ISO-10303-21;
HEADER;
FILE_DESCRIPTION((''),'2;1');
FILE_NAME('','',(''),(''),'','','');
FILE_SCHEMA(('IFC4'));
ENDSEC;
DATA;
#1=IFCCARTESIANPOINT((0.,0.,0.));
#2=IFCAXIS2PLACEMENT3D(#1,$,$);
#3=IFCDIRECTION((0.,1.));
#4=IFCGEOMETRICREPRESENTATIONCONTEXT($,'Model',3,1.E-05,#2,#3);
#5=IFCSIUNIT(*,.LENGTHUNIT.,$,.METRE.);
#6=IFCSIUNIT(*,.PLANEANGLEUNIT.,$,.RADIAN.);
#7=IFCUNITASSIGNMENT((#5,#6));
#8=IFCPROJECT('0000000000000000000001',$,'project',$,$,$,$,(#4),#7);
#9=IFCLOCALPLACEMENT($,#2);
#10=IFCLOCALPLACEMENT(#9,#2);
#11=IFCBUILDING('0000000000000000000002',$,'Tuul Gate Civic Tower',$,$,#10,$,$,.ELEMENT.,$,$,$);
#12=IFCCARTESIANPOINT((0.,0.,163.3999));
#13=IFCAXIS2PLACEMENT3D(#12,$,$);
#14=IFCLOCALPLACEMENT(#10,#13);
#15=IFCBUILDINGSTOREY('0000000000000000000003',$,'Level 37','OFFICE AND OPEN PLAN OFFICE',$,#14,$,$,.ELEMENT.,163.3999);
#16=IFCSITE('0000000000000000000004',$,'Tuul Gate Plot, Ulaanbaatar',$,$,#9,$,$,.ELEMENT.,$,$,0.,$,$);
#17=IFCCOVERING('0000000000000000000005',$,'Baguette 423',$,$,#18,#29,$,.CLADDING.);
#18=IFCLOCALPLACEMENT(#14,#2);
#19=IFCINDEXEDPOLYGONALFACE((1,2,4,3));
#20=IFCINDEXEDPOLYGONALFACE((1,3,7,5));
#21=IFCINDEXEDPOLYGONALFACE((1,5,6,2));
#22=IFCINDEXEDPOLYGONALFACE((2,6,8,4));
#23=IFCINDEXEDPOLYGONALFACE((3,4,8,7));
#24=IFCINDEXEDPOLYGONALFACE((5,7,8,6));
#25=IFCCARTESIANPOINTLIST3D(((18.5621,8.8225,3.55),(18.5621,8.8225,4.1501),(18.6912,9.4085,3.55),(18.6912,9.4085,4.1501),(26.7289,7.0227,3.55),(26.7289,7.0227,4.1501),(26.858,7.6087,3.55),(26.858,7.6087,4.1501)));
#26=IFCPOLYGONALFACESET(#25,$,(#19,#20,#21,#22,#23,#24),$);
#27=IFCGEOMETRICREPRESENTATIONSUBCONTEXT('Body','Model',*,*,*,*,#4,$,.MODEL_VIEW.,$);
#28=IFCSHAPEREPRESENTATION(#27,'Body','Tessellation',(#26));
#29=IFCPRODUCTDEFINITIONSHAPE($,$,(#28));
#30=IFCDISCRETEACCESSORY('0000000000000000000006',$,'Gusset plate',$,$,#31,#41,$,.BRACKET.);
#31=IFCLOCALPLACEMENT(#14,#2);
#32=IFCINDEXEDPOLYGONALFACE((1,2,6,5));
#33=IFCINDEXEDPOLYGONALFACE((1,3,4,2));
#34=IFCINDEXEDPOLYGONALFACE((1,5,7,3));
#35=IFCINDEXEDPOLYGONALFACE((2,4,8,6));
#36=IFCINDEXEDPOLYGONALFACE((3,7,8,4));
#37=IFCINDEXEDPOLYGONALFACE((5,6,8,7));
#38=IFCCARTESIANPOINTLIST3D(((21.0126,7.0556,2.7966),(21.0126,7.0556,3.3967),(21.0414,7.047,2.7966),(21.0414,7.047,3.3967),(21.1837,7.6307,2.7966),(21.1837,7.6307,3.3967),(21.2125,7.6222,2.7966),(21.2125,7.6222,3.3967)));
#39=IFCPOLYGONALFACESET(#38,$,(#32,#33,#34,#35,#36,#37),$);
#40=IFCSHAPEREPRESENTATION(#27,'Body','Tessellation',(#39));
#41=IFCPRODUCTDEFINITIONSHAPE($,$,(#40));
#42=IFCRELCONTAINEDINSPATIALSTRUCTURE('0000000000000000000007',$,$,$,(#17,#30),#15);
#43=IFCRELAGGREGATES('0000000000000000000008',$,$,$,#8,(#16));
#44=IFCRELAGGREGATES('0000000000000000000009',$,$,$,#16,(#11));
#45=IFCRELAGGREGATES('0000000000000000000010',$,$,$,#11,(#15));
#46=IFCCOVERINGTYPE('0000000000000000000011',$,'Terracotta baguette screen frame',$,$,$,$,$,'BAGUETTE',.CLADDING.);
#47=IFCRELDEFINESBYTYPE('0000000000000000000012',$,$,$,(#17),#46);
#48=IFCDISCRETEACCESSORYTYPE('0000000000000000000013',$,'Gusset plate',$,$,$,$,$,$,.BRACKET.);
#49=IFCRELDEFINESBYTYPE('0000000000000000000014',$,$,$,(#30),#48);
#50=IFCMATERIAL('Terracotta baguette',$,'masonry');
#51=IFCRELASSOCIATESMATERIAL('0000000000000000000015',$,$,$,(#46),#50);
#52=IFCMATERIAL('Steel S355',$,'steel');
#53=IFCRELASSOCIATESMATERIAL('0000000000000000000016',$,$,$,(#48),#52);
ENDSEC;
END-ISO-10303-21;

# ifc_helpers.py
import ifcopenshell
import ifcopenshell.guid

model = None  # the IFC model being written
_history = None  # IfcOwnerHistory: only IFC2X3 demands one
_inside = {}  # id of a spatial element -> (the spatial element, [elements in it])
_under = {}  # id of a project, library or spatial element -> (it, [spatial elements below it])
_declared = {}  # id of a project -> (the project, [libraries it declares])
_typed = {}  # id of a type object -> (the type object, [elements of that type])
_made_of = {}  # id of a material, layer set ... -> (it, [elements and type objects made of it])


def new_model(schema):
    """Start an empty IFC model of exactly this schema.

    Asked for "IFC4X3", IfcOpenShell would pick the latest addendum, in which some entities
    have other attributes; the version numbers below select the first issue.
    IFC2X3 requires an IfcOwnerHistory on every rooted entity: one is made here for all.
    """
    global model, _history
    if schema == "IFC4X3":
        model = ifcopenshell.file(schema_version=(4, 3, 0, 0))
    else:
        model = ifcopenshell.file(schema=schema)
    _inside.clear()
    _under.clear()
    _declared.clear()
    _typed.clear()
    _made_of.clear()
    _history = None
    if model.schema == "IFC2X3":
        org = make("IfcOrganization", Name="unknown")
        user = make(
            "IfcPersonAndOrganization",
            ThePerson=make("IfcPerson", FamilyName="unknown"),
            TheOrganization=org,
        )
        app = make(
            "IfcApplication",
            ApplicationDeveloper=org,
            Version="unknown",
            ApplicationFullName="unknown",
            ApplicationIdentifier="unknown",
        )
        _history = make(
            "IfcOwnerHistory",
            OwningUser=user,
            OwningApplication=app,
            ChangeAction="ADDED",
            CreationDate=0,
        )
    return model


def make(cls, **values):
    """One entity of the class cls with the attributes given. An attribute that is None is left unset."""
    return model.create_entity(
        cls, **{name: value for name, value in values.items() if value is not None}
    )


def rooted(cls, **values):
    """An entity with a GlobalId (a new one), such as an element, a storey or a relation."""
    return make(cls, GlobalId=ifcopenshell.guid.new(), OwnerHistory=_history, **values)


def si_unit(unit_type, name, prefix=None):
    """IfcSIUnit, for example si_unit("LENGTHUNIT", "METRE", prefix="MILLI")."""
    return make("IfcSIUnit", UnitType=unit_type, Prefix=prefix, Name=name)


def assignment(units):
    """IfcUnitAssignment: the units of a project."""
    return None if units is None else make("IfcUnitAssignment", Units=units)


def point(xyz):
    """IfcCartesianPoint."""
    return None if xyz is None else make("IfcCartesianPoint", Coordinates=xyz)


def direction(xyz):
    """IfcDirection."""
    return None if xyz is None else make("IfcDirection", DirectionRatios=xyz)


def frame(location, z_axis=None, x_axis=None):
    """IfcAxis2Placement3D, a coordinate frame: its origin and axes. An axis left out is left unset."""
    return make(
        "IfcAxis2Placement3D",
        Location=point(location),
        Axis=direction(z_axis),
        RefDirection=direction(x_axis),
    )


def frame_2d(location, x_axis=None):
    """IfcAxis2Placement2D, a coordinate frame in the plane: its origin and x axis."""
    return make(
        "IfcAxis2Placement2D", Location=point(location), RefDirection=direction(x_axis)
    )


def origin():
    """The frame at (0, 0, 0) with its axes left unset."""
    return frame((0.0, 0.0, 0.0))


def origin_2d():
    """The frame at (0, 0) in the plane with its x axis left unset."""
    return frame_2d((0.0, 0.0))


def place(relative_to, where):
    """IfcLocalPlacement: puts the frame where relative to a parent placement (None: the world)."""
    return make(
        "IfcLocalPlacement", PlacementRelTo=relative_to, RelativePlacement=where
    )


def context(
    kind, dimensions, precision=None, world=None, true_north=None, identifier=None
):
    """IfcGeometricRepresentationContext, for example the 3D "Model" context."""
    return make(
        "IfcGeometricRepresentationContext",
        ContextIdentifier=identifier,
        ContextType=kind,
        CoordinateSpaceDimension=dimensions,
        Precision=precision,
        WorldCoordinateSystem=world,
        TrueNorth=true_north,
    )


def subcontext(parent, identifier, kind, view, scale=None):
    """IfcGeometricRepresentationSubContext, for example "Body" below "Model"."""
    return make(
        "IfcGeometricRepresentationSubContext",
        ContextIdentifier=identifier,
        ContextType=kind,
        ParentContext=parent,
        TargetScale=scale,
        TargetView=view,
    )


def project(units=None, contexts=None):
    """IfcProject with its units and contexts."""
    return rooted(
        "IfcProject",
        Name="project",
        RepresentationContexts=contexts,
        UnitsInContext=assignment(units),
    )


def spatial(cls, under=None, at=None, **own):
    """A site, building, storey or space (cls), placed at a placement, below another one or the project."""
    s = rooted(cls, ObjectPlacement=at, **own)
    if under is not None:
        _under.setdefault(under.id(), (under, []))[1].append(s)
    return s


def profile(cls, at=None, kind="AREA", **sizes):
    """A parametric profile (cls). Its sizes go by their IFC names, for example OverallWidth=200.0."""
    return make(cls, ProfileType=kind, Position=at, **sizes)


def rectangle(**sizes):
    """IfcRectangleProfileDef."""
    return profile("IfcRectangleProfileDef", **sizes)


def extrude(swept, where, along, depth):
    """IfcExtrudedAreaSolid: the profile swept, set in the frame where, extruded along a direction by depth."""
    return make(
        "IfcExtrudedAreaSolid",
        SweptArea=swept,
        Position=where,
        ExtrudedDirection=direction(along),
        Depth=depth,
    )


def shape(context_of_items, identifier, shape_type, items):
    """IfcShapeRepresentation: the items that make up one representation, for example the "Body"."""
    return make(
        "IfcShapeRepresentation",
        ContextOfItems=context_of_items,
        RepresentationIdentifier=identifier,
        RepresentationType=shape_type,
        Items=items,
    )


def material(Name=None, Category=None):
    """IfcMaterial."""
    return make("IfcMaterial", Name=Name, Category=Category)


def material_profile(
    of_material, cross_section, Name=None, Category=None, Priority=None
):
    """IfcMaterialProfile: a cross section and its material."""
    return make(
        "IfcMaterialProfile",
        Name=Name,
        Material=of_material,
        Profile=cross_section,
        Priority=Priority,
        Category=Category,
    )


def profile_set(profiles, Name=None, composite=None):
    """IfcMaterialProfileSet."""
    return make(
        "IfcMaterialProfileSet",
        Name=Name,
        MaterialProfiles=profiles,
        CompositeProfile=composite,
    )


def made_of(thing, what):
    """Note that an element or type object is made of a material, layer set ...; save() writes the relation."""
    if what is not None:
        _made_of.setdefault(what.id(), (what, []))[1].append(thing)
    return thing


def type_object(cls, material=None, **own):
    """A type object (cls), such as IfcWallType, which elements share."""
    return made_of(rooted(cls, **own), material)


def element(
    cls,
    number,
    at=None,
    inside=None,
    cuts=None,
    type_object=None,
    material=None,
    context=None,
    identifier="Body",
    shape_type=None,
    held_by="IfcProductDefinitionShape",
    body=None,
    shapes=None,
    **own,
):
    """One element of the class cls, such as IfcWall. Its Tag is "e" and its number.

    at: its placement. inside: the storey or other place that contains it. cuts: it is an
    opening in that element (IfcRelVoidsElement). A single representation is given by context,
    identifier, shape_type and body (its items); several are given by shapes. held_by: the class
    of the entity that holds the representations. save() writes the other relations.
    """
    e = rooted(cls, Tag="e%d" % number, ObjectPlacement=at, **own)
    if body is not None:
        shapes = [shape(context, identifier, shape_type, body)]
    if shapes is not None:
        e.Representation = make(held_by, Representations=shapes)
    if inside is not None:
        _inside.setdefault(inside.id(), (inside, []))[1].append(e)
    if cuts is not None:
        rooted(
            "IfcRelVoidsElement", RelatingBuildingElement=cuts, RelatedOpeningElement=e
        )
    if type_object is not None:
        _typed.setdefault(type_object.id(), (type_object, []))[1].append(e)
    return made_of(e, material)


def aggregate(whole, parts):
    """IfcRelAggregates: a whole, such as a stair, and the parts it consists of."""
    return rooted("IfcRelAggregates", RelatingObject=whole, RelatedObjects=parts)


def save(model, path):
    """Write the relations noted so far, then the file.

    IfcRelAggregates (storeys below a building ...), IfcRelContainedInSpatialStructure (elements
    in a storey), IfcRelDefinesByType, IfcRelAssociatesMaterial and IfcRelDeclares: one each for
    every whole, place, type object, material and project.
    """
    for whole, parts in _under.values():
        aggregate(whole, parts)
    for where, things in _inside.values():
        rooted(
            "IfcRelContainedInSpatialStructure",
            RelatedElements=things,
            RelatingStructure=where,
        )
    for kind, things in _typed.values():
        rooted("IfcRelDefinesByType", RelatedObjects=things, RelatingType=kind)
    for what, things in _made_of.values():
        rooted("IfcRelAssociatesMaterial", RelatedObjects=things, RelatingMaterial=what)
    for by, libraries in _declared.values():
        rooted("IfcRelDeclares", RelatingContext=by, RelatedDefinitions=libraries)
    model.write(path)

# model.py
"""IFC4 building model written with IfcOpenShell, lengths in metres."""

from ifc_helpers import new_model, si_unit, direction, frame, origin, origin_2d, place, context, subcontext, project, spatial, rectangle, extrude, material, material_profile, profile_set, type_object, element, save


model = new_model("IFC4")

# Units and contexts
model_context = context("Model", 3, precision=1e-05, world=origin(), true_north=direction((0.0, 1.0)))
body_context = subcontext(model_context, "Body", "Model", "MODEL_VIEW")
ifc_project = project(units=[si_unit("LENGTHUNIT", "METRE"), si_unit("PLANEANGLEUNIT", "RADIAN")], contexts=[model_context])

# Site, building, storey
site_placement = place(None, origin())
site = spatial("IfcSite", under=ifc_project, at=site_placement, Name="Tuul Gate Plot, Ulaanbaatar", CompositionType="ELEMENT", RefElevation=0.0)
building_placement = place(site_placement, origin())
building = spatial("IfcBuilding", under=site, at=building_placement, Name="Tuul Gate Civic Tower", CompositionType="ELEMENT")
storey_placement = place(building_placement, frame((0.0, 0.0, 163.3999)))
storey = spatial("IfcBuildingStorey", under=building, at=storey_placement, Name="Level 37", Description="OFFICE AND OPEN PLAN OFFICE", CompositionType="ELEMENT", Elevation=163.3999)

# Covering
ifc_material_1 = material(Name="Terracotta baguette", Category="masonry")
ifc_material_profile_1 = material_profile(ifc_material_1, rectangle(XDim=0.6001, YDim=0.6001, at=origin_2d()), Name="Terracotta baguette screen frame")
ifc_profile_set_1 = profile_set([ifc_material_profile_1], Name="Terracotta baguette")
covering_type = type_object("IfcCoveringType", Name="Terracotta baguette screen frame", ElementType="BAGUETTE", PredefinedType="CLADDING", material=ifc_profile_set_1)
covering_1_placement = place(storey_placement, frame((26.7935, 7.3157, 3.8501), z_axis=(-0.976566, 0.215218, 0.0), x_axis=(-0.215218, -0.976566, 0.0)))
element("IfcCovering", 1, at=covering_1_placement, inside=storey, type_object=covering_type, Name="Baguette 423", PredefinedType="CLADDING", context=body_context, shape_type="SweptSolid", body=[
    extrude(rectangle(XDim=0.6001, YDim=0.6001, at=origin_2d()), origin(), (0.0, 0.0, 1.0), 8.3628),
])

# Discrete accessory
ifc_material_2 = material(Name="Steel S355", Category="steel")
discrete_accessory_type = type_object("IfcDiscreteAccessoryType", Name="Gusset plate", PredefinedType="BRACKET", material=ifc_material_2)
discrete_accessory_placement = place(storey_placement, frame((21.1125, 7.3389, 2.7966), z_axis=(0.0, 0.0, 1.0), x_axis=(0.285212, 0.958464, 0.0)))
element("IfcDiscreteAccessory", 2, at=discrete_accessory_placement, inside=storey, type_object=discrete_accessory_type, Name="Gusset plate", PredefinedType="BRACKET", context=body_context, shape_type="SweptSolid", body=[
    extrude(rectangle(XDim=0.6001, YDim=0.03, at=origin_2d()), origin(), (0.0, 0.0, 1.0), 0.6001),
])

save(model, "model.ifc")
